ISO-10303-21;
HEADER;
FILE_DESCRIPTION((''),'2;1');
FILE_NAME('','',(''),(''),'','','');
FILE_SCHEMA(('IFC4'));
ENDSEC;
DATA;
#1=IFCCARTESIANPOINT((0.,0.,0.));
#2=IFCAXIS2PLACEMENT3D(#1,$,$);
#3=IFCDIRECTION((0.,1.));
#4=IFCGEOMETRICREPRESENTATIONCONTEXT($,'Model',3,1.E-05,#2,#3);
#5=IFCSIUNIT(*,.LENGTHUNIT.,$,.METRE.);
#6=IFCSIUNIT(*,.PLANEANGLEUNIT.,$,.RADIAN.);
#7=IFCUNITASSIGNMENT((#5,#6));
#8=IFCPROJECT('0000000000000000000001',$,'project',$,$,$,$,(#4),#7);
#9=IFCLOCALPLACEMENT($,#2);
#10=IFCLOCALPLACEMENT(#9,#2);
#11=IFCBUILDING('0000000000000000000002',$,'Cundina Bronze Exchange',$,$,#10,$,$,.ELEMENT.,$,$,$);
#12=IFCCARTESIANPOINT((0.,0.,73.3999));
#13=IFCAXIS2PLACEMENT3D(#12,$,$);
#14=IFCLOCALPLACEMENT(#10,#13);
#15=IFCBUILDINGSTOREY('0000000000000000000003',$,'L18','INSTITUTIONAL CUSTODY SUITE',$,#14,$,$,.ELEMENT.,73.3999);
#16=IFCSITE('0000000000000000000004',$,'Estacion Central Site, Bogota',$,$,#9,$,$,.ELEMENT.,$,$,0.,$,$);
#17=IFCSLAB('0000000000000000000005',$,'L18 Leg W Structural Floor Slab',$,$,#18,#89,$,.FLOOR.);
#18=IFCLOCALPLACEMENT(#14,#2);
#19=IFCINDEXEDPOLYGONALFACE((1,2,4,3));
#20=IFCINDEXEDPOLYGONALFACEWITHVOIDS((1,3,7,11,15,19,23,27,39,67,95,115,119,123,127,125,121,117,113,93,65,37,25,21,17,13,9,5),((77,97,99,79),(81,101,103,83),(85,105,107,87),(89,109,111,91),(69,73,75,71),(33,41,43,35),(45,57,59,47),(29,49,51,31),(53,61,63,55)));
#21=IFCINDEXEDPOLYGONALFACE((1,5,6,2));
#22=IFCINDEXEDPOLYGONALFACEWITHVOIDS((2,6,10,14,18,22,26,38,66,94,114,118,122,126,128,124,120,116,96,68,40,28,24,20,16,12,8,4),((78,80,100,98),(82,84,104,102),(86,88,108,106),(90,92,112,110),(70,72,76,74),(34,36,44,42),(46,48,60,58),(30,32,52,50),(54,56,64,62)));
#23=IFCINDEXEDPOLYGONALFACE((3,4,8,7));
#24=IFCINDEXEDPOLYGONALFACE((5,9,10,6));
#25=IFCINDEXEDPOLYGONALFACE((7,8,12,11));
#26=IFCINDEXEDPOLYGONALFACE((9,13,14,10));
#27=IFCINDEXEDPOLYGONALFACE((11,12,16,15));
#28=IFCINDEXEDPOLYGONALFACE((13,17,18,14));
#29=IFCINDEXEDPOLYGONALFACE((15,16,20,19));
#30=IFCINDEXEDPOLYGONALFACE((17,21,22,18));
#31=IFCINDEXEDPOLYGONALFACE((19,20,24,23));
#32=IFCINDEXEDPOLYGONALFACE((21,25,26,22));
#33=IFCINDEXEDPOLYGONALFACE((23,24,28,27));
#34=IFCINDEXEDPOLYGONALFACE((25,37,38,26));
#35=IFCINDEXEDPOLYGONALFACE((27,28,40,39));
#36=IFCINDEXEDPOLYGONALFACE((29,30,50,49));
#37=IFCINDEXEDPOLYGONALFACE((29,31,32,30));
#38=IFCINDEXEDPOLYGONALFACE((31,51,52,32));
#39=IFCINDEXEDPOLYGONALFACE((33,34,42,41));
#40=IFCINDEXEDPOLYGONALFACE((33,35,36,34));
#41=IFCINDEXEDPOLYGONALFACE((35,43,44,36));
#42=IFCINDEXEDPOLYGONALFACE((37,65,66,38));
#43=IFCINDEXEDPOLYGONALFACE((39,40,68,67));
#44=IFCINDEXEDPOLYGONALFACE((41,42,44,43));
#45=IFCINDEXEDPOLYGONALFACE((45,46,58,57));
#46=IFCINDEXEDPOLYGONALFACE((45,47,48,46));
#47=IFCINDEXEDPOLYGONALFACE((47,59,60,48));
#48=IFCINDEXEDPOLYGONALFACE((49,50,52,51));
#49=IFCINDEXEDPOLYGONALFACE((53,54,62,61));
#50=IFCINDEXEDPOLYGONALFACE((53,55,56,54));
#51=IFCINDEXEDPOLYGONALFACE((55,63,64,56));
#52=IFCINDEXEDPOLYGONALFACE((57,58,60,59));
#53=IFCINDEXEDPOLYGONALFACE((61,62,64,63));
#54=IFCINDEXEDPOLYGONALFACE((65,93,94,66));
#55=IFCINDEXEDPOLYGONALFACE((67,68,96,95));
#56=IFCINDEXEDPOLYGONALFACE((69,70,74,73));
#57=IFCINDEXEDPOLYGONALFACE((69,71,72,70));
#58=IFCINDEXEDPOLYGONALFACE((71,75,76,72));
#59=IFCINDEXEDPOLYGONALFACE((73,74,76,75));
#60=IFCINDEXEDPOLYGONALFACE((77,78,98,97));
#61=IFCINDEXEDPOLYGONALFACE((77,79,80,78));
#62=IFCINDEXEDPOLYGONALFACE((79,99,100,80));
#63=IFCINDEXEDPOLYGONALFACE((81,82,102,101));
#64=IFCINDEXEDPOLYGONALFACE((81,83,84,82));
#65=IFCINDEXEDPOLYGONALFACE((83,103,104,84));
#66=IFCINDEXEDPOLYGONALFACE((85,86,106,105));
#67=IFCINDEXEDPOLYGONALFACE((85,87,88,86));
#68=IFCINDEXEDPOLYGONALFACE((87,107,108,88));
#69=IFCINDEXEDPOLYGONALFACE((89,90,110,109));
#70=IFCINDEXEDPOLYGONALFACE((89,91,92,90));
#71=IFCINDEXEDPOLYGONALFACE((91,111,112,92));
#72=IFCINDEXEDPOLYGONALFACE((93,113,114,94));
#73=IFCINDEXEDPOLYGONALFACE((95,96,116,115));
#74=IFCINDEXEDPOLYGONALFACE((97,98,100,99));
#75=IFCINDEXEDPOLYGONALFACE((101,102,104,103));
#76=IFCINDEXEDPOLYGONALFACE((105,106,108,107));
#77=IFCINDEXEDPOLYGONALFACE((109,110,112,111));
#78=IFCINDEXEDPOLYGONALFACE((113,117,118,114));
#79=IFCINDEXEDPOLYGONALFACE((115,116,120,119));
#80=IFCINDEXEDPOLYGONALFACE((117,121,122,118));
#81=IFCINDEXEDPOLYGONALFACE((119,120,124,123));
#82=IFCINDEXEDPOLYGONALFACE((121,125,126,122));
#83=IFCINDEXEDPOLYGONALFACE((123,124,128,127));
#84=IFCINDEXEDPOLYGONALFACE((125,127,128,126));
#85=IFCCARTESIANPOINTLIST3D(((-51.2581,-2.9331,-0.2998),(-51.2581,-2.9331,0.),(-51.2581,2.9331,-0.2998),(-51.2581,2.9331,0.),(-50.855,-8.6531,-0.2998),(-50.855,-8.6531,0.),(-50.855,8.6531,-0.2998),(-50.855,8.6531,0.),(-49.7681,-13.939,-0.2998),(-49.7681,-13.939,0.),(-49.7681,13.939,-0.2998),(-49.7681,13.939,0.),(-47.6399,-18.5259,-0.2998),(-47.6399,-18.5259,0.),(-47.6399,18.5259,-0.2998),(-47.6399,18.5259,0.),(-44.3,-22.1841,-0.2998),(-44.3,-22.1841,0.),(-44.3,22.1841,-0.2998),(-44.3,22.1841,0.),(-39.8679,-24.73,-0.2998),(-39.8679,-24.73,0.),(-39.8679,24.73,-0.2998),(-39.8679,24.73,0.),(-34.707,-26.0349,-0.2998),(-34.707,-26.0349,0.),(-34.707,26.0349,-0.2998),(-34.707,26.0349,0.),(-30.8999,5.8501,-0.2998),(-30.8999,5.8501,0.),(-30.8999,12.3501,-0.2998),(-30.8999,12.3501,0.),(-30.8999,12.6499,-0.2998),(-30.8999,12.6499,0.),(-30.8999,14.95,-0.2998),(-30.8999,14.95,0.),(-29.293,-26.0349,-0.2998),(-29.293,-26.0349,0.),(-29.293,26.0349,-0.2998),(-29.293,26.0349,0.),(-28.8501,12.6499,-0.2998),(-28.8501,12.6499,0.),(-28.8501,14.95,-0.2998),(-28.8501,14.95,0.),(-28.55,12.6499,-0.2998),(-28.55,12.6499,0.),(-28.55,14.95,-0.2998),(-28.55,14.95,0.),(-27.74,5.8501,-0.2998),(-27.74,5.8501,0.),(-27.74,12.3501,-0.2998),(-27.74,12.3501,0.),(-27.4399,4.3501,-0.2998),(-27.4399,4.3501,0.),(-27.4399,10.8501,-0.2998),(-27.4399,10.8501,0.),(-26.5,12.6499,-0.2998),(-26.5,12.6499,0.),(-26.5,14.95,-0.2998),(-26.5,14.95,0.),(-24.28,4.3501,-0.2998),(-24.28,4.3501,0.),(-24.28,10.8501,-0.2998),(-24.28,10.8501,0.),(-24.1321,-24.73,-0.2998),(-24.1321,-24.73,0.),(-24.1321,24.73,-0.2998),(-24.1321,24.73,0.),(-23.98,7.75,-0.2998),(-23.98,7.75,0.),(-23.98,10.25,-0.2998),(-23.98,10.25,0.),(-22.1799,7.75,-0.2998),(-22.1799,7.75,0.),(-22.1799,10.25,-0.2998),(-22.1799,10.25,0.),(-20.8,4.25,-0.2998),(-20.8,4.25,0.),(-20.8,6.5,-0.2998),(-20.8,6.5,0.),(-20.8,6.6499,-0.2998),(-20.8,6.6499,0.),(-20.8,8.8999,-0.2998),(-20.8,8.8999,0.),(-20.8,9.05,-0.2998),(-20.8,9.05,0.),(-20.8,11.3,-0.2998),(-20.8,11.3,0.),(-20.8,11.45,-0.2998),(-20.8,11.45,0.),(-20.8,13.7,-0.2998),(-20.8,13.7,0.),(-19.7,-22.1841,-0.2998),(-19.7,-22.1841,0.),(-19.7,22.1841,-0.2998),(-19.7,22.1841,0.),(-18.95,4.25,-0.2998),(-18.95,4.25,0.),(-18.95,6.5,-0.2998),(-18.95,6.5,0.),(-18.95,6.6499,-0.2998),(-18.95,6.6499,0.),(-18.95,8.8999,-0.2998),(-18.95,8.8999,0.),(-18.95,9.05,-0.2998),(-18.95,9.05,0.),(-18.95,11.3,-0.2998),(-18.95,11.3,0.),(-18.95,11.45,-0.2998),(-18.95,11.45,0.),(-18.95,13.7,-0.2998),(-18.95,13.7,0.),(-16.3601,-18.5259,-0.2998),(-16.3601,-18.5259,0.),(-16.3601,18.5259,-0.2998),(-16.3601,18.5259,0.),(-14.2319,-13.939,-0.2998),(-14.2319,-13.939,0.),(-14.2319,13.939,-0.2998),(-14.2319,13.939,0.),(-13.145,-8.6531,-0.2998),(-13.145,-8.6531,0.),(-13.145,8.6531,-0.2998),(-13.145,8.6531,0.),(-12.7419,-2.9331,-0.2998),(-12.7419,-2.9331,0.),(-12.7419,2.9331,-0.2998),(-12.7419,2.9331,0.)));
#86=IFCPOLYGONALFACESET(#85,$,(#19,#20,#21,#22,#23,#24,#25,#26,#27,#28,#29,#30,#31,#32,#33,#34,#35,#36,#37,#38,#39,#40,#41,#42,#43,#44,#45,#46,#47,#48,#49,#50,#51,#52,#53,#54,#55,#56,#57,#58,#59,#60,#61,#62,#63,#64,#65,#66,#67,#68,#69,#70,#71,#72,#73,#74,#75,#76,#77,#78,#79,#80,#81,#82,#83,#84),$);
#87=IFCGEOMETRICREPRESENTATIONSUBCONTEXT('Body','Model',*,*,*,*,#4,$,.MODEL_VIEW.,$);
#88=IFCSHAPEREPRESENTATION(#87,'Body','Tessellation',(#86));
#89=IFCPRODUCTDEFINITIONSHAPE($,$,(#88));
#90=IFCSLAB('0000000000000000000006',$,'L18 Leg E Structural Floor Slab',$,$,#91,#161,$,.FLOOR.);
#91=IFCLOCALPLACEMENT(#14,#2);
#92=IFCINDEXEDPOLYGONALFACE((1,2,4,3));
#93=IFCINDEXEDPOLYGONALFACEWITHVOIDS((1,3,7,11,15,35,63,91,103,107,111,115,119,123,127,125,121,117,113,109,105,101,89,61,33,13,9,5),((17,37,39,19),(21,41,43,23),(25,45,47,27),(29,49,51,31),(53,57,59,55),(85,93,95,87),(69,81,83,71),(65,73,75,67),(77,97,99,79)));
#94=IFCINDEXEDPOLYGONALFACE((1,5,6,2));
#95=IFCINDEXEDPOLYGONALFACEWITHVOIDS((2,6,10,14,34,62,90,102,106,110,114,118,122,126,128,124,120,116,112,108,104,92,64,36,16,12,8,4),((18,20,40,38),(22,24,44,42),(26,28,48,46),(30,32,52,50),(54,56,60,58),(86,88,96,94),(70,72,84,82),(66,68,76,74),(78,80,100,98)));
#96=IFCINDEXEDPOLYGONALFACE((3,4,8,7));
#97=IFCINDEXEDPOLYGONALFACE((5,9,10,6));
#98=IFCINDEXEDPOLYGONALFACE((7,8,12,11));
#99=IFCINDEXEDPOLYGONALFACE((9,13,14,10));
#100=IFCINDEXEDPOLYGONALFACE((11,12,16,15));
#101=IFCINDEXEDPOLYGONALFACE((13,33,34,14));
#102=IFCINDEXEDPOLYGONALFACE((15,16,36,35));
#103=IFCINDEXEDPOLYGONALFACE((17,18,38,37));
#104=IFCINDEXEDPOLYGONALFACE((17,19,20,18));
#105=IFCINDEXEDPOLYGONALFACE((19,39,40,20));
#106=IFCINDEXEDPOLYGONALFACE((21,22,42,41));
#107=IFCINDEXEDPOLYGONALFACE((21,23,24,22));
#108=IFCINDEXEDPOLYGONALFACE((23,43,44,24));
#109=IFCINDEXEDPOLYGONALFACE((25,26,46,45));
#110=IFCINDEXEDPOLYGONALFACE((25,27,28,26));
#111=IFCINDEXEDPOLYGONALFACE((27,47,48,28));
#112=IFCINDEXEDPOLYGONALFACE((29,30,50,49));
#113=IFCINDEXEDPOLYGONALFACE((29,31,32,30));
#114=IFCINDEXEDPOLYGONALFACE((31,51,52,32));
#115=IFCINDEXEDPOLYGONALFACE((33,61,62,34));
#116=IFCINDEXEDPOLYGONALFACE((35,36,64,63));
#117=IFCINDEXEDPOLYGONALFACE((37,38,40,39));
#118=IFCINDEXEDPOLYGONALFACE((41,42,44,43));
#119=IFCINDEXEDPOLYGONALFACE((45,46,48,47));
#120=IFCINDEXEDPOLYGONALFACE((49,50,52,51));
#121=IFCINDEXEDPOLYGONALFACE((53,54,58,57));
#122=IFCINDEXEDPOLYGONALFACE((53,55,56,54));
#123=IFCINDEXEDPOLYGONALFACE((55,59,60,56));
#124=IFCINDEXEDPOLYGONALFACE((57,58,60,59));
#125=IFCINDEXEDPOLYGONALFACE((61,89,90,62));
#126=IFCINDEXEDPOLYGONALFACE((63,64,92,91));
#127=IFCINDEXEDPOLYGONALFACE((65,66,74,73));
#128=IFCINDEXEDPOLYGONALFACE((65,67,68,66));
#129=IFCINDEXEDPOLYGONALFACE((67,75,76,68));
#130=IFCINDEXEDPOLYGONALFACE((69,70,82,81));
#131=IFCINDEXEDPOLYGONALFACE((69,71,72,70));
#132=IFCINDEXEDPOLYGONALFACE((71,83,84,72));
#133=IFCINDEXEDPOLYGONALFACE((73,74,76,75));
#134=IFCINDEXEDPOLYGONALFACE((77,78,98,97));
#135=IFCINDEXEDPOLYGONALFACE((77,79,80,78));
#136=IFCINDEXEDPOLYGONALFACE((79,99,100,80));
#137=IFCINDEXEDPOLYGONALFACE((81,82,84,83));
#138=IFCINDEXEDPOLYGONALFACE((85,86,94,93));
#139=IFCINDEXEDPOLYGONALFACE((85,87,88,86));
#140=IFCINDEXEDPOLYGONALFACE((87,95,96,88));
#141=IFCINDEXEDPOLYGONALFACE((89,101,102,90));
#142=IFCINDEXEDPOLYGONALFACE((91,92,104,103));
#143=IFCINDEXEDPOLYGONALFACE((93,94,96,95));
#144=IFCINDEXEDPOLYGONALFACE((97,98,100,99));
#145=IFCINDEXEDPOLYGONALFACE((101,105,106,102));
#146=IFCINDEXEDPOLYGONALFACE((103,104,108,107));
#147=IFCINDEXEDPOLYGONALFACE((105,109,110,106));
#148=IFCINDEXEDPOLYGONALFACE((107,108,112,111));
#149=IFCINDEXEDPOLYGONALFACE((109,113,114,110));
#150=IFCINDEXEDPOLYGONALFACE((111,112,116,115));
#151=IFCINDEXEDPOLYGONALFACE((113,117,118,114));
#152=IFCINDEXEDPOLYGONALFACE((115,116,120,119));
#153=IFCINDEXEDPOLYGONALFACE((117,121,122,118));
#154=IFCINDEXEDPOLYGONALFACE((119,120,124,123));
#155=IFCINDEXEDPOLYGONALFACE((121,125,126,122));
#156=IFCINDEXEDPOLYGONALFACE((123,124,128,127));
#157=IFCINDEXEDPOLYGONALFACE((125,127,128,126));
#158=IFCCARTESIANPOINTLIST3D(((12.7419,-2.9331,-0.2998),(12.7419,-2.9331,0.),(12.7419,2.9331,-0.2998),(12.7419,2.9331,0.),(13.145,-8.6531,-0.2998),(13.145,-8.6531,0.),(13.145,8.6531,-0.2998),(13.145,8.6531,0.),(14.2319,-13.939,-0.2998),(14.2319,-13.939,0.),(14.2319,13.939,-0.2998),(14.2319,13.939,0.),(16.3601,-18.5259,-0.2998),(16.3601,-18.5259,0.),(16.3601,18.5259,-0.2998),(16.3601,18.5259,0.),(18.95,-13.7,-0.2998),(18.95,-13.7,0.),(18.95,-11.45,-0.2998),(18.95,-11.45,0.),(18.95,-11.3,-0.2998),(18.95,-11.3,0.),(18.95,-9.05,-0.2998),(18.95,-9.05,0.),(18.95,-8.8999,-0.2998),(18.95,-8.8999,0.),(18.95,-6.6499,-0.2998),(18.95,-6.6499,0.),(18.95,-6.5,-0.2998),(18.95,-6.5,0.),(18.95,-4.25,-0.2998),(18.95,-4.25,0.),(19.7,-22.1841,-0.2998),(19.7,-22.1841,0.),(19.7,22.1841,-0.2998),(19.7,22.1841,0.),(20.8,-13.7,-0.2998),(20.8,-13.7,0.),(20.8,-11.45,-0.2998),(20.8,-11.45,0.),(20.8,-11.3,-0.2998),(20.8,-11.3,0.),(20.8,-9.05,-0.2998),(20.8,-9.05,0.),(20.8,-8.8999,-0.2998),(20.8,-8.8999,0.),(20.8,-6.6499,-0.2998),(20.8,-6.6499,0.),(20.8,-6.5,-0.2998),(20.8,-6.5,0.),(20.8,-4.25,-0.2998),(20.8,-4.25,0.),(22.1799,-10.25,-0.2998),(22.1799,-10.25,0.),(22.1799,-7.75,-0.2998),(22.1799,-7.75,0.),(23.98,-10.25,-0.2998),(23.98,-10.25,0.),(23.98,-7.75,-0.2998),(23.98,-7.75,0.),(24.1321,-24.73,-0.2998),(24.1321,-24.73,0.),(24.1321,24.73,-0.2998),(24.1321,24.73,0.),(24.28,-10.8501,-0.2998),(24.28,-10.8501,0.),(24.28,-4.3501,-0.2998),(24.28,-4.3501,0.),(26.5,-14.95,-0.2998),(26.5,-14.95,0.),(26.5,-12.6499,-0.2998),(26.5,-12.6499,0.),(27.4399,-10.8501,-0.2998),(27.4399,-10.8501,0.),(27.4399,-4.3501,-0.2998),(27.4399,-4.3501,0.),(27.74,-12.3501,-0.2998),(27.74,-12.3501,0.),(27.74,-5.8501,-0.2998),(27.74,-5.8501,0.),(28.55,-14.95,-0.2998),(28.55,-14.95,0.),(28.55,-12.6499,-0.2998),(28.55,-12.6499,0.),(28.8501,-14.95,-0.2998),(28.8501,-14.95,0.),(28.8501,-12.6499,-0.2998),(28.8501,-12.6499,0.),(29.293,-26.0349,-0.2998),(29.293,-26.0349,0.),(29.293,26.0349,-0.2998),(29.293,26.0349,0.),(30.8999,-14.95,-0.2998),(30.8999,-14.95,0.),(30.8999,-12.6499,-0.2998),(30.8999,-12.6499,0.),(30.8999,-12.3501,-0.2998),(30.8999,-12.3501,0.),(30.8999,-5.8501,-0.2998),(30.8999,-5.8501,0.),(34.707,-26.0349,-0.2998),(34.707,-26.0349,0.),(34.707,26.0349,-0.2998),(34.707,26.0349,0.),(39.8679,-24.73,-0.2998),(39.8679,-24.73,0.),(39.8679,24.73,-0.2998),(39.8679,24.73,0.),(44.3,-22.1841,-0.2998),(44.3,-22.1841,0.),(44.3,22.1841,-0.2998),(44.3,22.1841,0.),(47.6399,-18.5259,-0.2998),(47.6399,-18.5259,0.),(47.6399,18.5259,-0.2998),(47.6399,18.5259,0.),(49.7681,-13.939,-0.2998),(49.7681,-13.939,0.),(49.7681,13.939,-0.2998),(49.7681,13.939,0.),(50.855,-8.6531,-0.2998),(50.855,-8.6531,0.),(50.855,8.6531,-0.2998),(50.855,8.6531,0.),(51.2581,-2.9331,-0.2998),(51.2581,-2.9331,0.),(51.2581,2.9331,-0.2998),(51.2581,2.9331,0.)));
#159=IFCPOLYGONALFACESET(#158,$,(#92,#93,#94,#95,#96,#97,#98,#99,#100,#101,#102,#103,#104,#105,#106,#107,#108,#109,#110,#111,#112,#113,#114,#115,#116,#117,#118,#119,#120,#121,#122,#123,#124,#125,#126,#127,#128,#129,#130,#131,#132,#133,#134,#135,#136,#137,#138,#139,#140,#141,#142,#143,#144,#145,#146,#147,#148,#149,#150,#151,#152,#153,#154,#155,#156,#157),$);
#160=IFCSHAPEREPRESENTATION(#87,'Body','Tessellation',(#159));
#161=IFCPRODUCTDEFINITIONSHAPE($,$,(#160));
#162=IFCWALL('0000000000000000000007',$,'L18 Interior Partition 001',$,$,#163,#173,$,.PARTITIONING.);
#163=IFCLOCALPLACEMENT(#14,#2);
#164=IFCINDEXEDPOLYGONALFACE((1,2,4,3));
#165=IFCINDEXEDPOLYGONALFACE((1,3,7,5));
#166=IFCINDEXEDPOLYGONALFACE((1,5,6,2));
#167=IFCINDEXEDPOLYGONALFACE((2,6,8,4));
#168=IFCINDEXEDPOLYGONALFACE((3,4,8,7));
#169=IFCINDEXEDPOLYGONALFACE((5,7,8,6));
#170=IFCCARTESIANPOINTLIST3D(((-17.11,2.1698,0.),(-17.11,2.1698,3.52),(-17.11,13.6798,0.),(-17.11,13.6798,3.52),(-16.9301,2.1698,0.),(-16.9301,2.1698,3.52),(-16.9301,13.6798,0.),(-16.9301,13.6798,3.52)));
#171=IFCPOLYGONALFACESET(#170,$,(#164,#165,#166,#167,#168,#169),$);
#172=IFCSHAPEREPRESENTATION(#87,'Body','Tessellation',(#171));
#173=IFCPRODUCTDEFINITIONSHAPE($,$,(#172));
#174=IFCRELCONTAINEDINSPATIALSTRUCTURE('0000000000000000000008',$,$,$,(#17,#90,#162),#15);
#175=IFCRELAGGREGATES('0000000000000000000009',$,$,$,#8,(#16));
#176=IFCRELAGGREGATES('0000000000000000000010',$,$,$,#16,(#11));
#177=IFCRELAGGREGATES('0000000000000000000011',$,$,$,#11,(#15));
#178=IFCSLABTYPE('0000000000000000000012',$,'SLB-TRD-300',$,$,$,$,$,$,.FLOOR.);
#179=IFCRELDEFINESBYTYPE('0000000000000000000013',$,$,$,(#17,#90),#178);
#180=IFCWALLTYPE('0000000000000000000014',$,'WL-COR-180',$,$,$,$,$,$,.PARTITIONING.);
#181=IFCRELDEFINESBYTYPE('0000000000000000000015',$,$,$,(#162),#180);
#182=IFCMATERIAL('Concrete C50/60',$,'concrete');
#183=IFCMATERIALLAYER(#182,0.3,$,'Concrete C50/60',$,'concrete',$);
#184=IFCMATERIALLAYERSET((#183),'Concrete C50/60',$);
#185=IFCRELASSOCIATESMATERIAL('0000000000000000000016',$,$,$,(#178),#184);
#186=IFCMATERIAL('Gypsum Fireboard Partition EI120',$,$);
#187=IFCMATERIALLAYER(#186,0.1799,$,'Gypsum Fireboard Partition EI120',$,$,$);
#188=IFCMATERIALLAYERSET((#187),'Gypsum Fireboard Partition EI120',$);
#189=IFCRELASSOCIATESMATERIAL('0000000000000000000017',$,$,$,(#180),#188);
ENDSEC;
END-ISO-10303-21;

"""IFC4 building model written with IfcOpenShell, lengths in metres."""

from ifc_helpers import new_model, si_unit, direction, frame, frame_2d, origin, place, context, subcontext, project, spatial, polyline, rectangle, outline, extrude, material, layer, layer_set, type_object, element, save


model = new_model("IFC4")

# Units and contexts
model_context = context("Model", 3, precision=1e-05, world=origin(), true_north=direction((0.0, 1.0)))
body_context = subcontext(model_context, "Body", "Model", "MODEL_VIEW")
ifc_project = project(units=[si_unit("LENGTHUNIT", "METRE"), si_unit("PLANEANGLEUNIT", "RADIAN")], contexts=[model_context])

# Site, building, storey
site_placement = place(None, origin())
site = spatial("IfcSite", under=ifc_project, at=site_placement, Name="Estacion Central Site, Bogota", CompositionType="ELEMENT", RefElevation=0.0)
building_placement = place(site_placement, origin())
building = spatial("IfcBuilding", under=site, at=building_placement, Name="Cundina Bronze Exchange", CompositionType="ELEMENT")
storey_placement = place(building_placement, frame((0.0, 0.0, 73.3999)))
storey = spatial("IfcBuildingStorey", under=building, at=storey_placement, Name="L18", Description="INSTITUTIONAL CUSTODY SUITE", CompositionType="ELEMENT", Elevation=73.3999)

# Slabs
ifc_material_1 = material(Name="Concrete C50/60", Category="concrete")
ifc_layer_1 = layer(ifc_material_1, 0.3, Name="Concrete C50/60", Category="concrete")
ifc_layer_set_1 = layer_set([ifc_layer_1], Name="Concrete C50/60")
slab_type_1 = type_object("IfcSlabType", Name="SLB-TRD-300", PredefinedType="FLOOR", material=ifc_layer_set_1)
slab_1_placement = place(storey_placement, frame((0.0, 0.0, -0.2998)))
element("IfcSlab", 1, at=slab_1_placement, inside=storey, type_object=slab_type_1, Name="L18 Leg W Structural Floor Slab", PredefinedType="FLOOR", context=body_context, shape_type="SweptSolid", body=[
    extrude(outline(polyline([(-12.7419, 2.9331), (-13.145, 8.6531), (-14.2319, 13.939), (-16.3601, 18.5259), (-19.7, 22.1841), (-24.1321, 24.73), (-29.293, 26.0349), (-34.707, 26.0349), (-39.8679, 24.73), (-44.3, 22.1841), (-47.6399, 18.5259), (-49.7681, 13.939), (-50.855, 8.6531), (-51.2581, 2.9331), (-51.2581, -2.9331), (-50.855, -8.6531), (-49.7681, -13.939), (-47.6399, -18.5259), (-44.3, -22.1841), (-39.8679, -24.73), (-34.707, -26.0349), (-29.293, -26.0349), (-24.1321, -24.73), (-19.7, -22.1841), (-16.3601, -18.5259), (-14.2319, -13.939), (-13.145, -8.6531), (-12.7419, -2.9331), (-12.7419, 2.9331)]), holes=[polyline([(-27.74, 5.8501), (-27.74, 12.3501), (-30.8999, 12.3501), (-30.8999, 5.8501), (-27.74, 5.8501)]), polyline([(-27.4399, 10.8501), (-27.4399, 4.3501), (-24.28, 4.3501), (-24.28, 10.8501), (-27.4399, 10.8501)]), polyline([(-23.98, 10.25), (-22.1799, 10.25), (-22.1799, 7.75), (-23.98, 7.75), (-23.98, 10.25)]), polyline([(-30.8999, 14.95), (-28.8501, 14.95), (-28.8501, 12.6499), (-30.8999, 12.6499), (-30.8999, 14.95)]), polyline([(-28.55, 14.95), (-26.5, 14.95), (-26.5, 12.6499), (-28.55, 12.6499), (-28.55, 14.95)]), polyline([(-20.8, 13.7), (-18.95, 13.7), (-18.95, 11.45), (-20.8, 11.45), (-20.8, 13.7)]), polyline([(-20.8, 11.3), (-18.95, 11.3), (-18.95, 9.05), (-20.8, 9.05), (-20.8, 11.3)]), polyline([(-20.8, 8.8999), (-18.95, 8.8999), (-18.95, 6.6499), (-20.8, 6.6499), (-20.8, 8.8999)]), polyline([(-20.8, 6.5), (-18.95, 6.5), (-18.95, 4.25), (-20.8, 4.25), (-20.8, 6.5)])]), origin(), (0.0, 0.0, 1.0), 0.2998),
])
slab_2_placement = place(storey_placement, frame((0.0, 0.0, -0.2998)))
element("IfcSlab", 2, at=slab_2_placement, inside=storey, type_object=slab_type_1, Name="L18 Leg E Structural Floor Slab", PredefinedType="FLOOR", context=body_context, shape_type="SweptSolid", body=[
    extrude(outline(polyline([(51.2581, 2.9331), (50.855, 8.6531), (49.7681, 13.939), (47.6399, 18.5259), (44.3, 22.1841), (39.8679, 24.73), (34.707, 26.0349), (29.293, 26.0349), (24.1321, 24.73), (19.7, 22.1841), (16.3601, 18.5259), (14.2319, 13.939), (13.145, 8.6531), (12.7419, 2.9331), (12.7419, -2.9331), (13.145, -8.6531), (14.2319, -13.939), (16.3601, -18.5259), (19.7, -22.1841), (24.1321, -24.73), (29.293, -26.0349), (34.707, -26.0349), (39.8679, -24.73), (44.3, -22.1841), (47.6399, -18.5259), (49.7681, -13.939), (50.855, -8.6531), (51.2581, -2.9331), (51.2581, 2.9331)]), holes=[polyline([(27.74, -5.8501), (27.74, -12.3501), (30.8999, -12.3501), (30.8999, -5.8501), (27.74, -5.8501)]), polyline([(27.4399, -10.8501), (27.4399, -4.3501), (24.28, -4.3501), (24.28, -10.8501), (27.4399, -10.8501)]), polyline([(22.1799, -7.75), (23.98, -7.75), (23.98, -10.25), (22.1799, -10.25), (22.1799, -7.75)]), polyline([(28.8501, -12.6499), (30.8999, -12.6499), (30.8999, -14.95), (28.8501, -14.95), (28.8501, -12.6499)]), polyline([(26.5, -12.6499), (28.55, -12.6499), (28.55, -14.95), (26.5, -14.95), (26.5, -12.6499)]), polyline([(18.95, -11.45), (20.8, -11.45), (20.8, -13.7), (18.95, -13.7), (18.95, -11.45)]), polyline([(18.95, -9.05), (20.8, -9.05), (20.8, -11.3), (18.95, -11.3), (18.95, -9.05)]), polyline([(18.95, -6.6499), (20.8, -6.6499), (20.8, -8.8999), (18.95, -8.8999), (18.95, -6.6499)]), polyline([(18.95, -4.25), (20.8, -4.25), (20.8, -6.5), (18.95, -6.5), (18.95, -4.25)])]), origin(), (0.0, 0.0, 1.0), 0.2998),
])

# Wall
ifc_material_2 = material(Name="Gypsum Fireboard Partition EI120")
ifc_layer_2 = layer(ifc_material_2, 0.1799, Name="Gypsum Fireboard Partition EI120")
ifc_layer_set_2 = layer_set([ifc_layer_2], Name="Gypsum Fireboard Partition EI120")
wall_type = type_object("IfcWallType", Name="WL-COR-180", PredefinedType="PARTITIONING", material=ifc_layer_set_2)
wall_1_placement = place(storey_placement, frame((-17.02, 2.1699, 0.0), z_axis=(0.0, 0.0, 1.0), x_axis=(0.0, 1.0, 0.0)))
element("IfcWall", 3, at=wall_1_placement, inside=storey, type_object=wall_type, Name="L18 Interior Partition 001", PredefinedType="PARTITIONING", context=body_context, shape_type="SweptSolid", body=[
    extrude(rectangle(XDim=11.51, YDim=0.1799, at=frame_2d((5.7549, 0.0))), origin(), (0.0, 0.0, 1.0), 3.52),
])

save(model, "model.ifc")
